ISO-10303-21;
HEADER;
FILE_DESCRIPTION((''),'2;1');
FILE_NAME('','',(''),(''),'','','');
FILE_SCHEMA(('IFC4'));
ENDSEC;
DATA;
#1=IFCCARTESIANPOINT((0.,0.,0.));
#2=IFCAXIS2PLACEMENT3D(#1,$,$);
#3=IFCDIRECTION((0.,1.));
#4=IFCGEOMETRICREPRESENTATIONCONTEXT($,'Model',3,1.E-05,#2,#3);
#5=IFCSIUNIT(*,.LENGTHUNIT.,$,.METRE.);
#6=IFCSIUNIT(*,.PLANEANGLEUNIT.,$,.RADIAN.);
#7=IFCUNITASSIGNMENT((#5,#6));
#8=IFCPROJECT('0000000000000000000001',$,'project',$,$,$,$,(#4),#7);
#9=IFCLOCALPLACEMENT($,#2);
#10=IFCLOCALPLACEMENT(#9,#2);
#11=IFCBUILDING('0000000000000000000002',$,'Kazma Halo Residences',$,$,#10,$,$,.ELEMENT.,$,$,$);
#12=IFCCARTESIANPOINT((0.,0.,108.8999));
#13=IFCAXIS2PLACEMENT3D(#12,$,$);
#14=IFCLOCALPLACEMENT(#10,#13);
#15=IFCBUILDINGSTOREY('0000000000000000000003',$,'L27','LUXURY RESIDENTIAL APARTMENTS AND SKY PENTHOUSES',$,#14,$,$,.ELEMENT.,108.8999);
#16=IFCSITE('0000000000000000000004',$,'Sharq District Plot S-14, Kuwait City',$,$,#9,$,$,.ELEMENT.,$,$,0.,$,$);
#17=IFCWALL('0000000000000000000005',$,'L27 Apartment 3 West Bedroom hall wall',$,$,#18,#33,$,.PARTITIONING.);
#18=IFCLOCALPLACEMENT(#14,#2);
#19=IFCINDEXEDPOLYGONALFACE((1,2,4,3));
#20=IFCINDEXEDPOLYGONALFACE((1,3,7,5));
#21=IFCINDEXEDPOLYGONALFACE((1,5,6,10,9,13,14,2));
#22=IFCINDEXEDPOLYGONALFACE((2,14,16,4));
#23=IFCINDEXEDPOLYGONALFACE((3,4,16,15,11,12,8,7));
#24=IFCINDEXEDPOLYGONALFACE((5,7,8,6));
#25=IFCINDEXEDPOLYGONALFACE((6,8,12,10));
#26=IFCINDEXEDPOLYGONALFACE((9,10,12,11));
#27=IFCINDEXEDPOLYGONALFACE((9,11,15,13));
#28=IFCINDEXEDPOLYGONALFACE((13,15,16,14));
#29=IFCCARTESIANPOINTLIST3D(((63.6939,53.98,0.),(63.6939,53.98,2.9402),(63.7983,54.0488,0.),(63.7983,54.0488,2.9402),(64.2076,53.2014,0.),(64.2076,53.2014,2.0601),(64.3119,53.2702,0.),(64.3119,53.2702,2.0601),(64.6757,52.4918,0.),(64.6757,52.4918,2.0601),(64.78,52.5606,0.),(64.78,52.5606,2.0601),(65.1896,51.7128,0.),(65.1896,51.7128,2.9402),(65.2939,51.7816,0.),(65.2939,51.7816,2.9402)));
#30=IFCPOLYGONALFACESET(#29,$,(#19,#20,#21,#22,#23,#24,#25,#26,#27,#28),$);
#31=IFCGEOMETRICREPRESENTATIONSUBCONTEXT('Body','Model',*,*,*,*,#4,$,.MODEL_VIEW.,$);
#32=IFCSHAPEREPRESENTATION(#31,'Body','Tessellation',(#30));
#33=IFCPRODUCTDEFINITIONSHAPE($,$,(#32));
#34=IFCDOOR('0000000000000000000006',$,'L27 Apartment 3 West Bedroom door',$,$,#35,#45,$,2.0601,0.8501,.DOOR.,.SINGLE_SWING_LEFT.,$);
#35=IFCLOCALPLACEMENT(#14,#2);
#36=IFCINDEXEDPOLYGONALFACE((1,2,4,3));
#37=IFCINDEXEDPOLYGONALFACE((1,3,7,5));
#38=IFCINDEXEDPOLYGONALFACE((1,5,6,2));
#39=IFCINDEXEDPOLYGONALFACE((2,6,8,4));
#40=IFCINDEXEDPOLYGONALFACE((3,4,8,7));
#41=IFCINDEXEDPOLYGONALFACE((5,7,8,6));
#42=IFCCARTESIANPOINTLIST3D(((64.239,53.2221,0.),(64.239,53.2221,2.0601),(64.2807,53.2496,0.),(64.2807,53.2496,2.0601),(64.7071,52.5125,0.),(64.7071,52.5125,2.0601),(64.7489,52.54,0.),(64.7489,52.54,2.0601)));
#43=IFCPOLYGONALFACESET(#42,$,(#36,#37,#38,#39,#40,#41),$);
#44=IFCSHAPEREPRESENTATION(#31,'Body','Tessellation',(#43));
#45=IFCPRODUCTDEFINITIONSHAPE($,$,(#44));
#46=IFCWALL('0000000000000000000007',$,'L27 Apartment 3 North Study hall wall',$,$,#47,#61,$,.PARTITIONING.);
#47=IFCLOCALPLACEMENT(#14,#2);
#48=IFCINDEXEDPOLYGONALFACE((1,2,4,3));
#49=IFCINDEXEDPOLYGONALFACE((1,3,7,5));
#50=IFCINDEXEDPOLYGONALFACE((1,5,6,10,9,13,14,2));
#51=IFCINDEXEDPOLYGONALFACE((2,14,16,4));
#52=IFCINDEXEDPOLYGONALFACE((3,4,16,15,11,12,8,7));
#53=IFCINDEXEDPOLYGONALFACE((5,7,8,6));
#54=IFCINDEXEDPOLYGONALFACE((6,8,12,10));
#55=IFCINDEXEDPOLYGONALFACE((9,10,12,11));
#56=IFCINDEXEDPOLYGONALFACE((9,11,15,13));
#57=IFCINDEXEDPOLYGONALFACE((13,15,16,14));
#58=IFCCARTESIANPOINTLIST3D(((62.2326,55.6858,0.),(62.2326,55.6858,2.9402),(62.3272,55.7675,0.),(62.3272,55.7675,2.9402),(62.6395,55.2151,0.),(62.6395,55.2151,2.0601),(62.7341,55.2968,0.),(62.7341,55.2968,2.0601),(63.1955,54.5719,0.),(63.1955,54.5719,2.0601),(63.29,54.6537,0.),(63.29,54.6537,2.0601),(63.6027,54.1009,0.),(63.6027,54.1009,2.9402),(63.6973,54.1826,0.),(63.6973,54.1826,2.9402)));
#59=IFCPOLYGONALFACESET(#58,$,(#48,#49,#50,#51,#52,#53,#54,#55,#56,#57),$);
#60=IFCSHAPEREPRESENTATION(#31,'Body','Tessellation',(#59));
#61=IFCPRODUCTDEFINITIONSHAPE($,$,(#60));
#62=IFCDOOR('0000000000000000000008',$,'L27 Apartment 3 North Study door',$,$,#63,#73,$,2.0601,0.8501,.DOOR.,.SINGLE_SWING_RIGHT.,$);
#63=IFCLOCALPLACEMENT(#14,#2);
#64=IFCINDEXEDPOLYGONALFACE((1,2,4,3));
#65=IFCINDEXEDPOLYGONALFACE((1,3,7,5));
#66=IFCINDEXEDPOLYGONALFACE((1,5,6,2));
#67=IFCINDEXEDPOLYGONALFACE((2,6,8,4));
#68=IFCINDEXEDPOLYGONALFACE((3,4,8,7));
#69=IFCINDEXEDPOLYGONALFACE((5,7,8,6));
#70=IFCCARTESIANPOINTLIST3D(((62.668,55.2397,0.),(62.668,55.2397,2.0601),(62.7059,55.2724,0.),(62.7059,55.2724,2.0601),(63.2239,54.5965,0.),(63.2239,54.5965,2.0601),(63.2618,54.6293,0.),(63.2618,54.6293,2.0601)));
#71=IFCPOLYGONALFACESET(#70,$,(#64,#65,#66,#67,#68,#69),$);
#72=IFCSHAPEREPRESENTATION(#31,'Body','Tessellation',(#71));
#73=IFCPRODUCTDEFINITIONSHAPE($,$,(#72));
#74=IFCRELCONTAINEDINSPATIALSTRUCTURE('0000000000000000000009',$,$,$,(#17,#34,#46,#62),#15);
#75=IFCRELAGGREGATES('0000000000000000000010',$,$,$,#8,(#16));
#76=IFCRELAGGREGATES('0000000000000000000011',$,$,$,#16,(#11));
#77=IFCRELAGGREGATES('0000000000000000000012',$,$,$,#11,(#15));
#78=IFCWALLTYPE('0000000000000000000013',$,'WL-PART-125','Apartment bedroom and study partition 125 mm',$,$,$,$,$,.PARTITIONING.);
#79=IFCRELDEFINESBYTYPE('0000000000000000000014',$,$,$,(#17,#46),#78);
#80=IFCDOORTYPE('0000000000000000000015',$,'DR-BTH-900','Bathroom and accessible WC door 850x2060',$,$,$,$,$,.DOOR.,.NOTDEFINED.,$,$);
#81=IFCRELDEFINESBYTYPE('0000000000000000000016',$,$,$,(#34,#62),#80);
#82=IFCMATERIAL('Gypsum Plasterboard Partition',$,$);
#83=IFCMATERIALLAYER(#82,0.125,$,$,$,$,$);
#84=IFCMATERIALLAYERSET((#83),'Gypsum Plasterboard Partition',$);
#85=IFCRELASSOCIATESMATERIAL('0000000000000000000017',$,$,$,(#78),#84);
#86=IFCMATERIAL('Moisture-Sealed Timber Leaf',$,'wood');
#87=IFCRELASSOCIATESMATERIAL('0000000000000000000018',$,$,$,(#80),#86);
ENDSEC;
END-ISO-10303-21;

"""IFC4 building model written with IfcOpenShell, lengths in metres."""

from ifc_helpers import new_model, si_unit, direction, frame, frame_2d, origin, place, context, subcontext, project, spatial, rectangle, extrude, material, layer, layer_set, type_object, element, fill, save


model = new_model("IFC4")

# Units and contexts
model_context = context("Model", 3, precision=1e-05, world=origin(), true_north=direction((0.0, 1.0)))
body_context = subcontext(model_context, "Body", "Model", "MODEL_VIEW")
ifc_project = project(units=[si_unit("LENGTHUNIT", "METRE"), si_unit("PLANEANGLEUNIT", "RADIAN")], contexts=[model_context])

# Site, building, storey
site_placement = place(None, origin())
site = spatial("IfcSite", under=ifc_project, at=site_placement, Name="Sharq District Plot S-14, Kuwait City", CompositionType="ELEMENT", RefElevation=0.0)
building_placement = place(site_placement, origin())
building = spatial("IfcBuilding", under=site, at=building_placement, Name="Kazma Halo Residences", CompositionType="ELEMENT")
storey_placement = place(building_placement, frame((0.0, 0.0, 108.8999)))
storey = spatial("IfcBuildingStorey", under=building, at=storey_placement, Name="L27", Description="LUXURY RESIDENTIAL APARTMENTS AND SKY PENTHOUSES", CompositionType="ELEMENT", Elevation=108.8999)

# Shared definitions
ifc_material_1 = material(Name="Gypsum Plasterboard Partition")
ifc_layer_1 = layer(ifc_material_1, 0.125)
ifc_layer_set_1 = layer_set([ifc_layer_1], Name="Gypsum Plasterboard Partition")
wall_type_1 = type_object("IfcWallType", Name="WL-PART-125", Description="Apartment bedroom and study partition 125 mm", PredefinedType="PARTITIONING", material=ifc_layer_set_1)

# Shared definitions
ifc_material_2 = material(Name="Moisture-Sealed Timber Leaf", Category="wood")
door_type = type_object("IfcDoorType", Name="DR-BTH-900", Description="Bathroom and accessible WC door 850x2060", OperationType="NOTDEFINED", PredefinedType="DOOR", material=ifc_material_2)

# Walls, openings, doors
wall_1_placement = place(storey_placement, frame((65.2417, 51.7473, 0.0), z_axis=(0.0, 0.0, 1.0), x_axis=(-0.550669, 0.834723, 0.0)))
wall_1 = element("IfcWall", 1, at=wall_1_placement, inside=storey, type_object=wall_type_1, Name="L27 Apartment 3 West Bedroom hall wall", PredefinedType="PARTITIONING", context=body_context, shape_type="SweptSolid", body=[
    extrude(rectangle(XDim=2.7161, YDim=0.125, at=frame_2d((1.3579, 0.0))), origin(), (0.0, 0.0, 1.0), 2.9402),
])
opening_1_placement = place(wall_1_placement, frame((0.9331, 0.0, 0.0)))
opening_1 = element("IfcOpeningElement", 2, at=opening_1_placement, cuts=wall_1, PredefinedType="OPENING", context=body_context, shape_type="SweptSolid", body=[
    extrude(rectangle(XDim=0.8501, YDim=2.0601, at=frame_2d((0.425, 1.03))), frame((0.0, 0.0725, 0.0), z_axis=(0.0, -1.0, 0.0), x_axis=(1.0, 0.0, 0.0)), (0.0, 0.0, 1.0), 0.145),
])
door_1_placement = place(opening_1_placement, origin())
door_1 = element("IfcDoor", 3, at=door_1_placement, inside=storey, type_object=door_type, Name="L27 Apartment 3 West Bedroom door", OperationType="SINGLE_SWING_LEFT", OverallHeight=2.0601, OverallWidth=0.8501, PredefinedType="DOOR", context=body_context, shape_type="SweptSolid", body=[
    extrude(rectangle(XDim=0.8501, YDim=2.0601, at=frame_2d((0.425, 1.03))), frame((0.0, 0.0249, 0.0), z_axis=(0.0, -1.0, 0.0), x_axis=(1.0, 0.0, 0.0)), (0.0, 0.0, 1.0), 0.05),
])
fill(opening_1, door_1)
wall_2_placement = place(storey_placement, frame((63.6499, 54.1418, 0.0), z_axis=(0.0, 0.0, 1.0), x_axis=(-0.653972, 0.756519, 0.0)))
wall_2 = element("IfcWall", 4, at=wall_2_placement, inside=storey, type_object=wall_type_1, Name="L27 Apartment 3 North Study hall wall", PredefinedType="PARTITIONING", context=body_context, shape_type="SweptSolid", body=[
    extrude(rectangle(XDim=2.095, YDim=0.125, at=frame_2d((1.0474, 0.0))), origin(), (0.0, 0.0, 1.0), 2.9402),
])
opening_2_placement = place(wall_2_placement, frame((0.6226, 0.0, 0.0)))
opening_2 = element("IfcOpeningElement", 5, at=opening_2_placement, cuts=wall_2, PredefinedType="OPENING", context=body_context, shape_type="SweptSolid", body=[
    extrude(rectangle(XDim=0.8501, YDim=2.0601, at=frame_2d((0.425, 1.03))), frame((0.0, 0.0725, 0.0), z_axis=(0.0, -1.0, 0.0), x_axis=(1.0, 0.0, 0.0)), (0.0, 0.0, 1.0), 0.145),
])
door_2_placement = place(opening_2_placement, origin())
door_2 = element("IfcDoor", 6, at=door_2_placement, inside=storey, type_object=door_type, Name="L27 Apartment 3 North Study door", OperationType="SINGLE_SWING_RIGHT", OverallHeight=2.0601, OverallWidth=0.8501, PredefinedType="DOOR", context=body_context, shape_type="SweptSolid", body=[
    extrude(rectangle(XDim=0.8501, YDim=2.0601, at=frame_2d((0.425, 1.03))), frame((0.0, 0.0249, 0.0), z_axis=(0.0, -1.0, 0.0), x_axis=(1.0, 0.0, 0.0)), (0.0, 0.0, 1.0), 0.05),
])
fill(opening_2, door_2)

save(model, "model.ifc")
